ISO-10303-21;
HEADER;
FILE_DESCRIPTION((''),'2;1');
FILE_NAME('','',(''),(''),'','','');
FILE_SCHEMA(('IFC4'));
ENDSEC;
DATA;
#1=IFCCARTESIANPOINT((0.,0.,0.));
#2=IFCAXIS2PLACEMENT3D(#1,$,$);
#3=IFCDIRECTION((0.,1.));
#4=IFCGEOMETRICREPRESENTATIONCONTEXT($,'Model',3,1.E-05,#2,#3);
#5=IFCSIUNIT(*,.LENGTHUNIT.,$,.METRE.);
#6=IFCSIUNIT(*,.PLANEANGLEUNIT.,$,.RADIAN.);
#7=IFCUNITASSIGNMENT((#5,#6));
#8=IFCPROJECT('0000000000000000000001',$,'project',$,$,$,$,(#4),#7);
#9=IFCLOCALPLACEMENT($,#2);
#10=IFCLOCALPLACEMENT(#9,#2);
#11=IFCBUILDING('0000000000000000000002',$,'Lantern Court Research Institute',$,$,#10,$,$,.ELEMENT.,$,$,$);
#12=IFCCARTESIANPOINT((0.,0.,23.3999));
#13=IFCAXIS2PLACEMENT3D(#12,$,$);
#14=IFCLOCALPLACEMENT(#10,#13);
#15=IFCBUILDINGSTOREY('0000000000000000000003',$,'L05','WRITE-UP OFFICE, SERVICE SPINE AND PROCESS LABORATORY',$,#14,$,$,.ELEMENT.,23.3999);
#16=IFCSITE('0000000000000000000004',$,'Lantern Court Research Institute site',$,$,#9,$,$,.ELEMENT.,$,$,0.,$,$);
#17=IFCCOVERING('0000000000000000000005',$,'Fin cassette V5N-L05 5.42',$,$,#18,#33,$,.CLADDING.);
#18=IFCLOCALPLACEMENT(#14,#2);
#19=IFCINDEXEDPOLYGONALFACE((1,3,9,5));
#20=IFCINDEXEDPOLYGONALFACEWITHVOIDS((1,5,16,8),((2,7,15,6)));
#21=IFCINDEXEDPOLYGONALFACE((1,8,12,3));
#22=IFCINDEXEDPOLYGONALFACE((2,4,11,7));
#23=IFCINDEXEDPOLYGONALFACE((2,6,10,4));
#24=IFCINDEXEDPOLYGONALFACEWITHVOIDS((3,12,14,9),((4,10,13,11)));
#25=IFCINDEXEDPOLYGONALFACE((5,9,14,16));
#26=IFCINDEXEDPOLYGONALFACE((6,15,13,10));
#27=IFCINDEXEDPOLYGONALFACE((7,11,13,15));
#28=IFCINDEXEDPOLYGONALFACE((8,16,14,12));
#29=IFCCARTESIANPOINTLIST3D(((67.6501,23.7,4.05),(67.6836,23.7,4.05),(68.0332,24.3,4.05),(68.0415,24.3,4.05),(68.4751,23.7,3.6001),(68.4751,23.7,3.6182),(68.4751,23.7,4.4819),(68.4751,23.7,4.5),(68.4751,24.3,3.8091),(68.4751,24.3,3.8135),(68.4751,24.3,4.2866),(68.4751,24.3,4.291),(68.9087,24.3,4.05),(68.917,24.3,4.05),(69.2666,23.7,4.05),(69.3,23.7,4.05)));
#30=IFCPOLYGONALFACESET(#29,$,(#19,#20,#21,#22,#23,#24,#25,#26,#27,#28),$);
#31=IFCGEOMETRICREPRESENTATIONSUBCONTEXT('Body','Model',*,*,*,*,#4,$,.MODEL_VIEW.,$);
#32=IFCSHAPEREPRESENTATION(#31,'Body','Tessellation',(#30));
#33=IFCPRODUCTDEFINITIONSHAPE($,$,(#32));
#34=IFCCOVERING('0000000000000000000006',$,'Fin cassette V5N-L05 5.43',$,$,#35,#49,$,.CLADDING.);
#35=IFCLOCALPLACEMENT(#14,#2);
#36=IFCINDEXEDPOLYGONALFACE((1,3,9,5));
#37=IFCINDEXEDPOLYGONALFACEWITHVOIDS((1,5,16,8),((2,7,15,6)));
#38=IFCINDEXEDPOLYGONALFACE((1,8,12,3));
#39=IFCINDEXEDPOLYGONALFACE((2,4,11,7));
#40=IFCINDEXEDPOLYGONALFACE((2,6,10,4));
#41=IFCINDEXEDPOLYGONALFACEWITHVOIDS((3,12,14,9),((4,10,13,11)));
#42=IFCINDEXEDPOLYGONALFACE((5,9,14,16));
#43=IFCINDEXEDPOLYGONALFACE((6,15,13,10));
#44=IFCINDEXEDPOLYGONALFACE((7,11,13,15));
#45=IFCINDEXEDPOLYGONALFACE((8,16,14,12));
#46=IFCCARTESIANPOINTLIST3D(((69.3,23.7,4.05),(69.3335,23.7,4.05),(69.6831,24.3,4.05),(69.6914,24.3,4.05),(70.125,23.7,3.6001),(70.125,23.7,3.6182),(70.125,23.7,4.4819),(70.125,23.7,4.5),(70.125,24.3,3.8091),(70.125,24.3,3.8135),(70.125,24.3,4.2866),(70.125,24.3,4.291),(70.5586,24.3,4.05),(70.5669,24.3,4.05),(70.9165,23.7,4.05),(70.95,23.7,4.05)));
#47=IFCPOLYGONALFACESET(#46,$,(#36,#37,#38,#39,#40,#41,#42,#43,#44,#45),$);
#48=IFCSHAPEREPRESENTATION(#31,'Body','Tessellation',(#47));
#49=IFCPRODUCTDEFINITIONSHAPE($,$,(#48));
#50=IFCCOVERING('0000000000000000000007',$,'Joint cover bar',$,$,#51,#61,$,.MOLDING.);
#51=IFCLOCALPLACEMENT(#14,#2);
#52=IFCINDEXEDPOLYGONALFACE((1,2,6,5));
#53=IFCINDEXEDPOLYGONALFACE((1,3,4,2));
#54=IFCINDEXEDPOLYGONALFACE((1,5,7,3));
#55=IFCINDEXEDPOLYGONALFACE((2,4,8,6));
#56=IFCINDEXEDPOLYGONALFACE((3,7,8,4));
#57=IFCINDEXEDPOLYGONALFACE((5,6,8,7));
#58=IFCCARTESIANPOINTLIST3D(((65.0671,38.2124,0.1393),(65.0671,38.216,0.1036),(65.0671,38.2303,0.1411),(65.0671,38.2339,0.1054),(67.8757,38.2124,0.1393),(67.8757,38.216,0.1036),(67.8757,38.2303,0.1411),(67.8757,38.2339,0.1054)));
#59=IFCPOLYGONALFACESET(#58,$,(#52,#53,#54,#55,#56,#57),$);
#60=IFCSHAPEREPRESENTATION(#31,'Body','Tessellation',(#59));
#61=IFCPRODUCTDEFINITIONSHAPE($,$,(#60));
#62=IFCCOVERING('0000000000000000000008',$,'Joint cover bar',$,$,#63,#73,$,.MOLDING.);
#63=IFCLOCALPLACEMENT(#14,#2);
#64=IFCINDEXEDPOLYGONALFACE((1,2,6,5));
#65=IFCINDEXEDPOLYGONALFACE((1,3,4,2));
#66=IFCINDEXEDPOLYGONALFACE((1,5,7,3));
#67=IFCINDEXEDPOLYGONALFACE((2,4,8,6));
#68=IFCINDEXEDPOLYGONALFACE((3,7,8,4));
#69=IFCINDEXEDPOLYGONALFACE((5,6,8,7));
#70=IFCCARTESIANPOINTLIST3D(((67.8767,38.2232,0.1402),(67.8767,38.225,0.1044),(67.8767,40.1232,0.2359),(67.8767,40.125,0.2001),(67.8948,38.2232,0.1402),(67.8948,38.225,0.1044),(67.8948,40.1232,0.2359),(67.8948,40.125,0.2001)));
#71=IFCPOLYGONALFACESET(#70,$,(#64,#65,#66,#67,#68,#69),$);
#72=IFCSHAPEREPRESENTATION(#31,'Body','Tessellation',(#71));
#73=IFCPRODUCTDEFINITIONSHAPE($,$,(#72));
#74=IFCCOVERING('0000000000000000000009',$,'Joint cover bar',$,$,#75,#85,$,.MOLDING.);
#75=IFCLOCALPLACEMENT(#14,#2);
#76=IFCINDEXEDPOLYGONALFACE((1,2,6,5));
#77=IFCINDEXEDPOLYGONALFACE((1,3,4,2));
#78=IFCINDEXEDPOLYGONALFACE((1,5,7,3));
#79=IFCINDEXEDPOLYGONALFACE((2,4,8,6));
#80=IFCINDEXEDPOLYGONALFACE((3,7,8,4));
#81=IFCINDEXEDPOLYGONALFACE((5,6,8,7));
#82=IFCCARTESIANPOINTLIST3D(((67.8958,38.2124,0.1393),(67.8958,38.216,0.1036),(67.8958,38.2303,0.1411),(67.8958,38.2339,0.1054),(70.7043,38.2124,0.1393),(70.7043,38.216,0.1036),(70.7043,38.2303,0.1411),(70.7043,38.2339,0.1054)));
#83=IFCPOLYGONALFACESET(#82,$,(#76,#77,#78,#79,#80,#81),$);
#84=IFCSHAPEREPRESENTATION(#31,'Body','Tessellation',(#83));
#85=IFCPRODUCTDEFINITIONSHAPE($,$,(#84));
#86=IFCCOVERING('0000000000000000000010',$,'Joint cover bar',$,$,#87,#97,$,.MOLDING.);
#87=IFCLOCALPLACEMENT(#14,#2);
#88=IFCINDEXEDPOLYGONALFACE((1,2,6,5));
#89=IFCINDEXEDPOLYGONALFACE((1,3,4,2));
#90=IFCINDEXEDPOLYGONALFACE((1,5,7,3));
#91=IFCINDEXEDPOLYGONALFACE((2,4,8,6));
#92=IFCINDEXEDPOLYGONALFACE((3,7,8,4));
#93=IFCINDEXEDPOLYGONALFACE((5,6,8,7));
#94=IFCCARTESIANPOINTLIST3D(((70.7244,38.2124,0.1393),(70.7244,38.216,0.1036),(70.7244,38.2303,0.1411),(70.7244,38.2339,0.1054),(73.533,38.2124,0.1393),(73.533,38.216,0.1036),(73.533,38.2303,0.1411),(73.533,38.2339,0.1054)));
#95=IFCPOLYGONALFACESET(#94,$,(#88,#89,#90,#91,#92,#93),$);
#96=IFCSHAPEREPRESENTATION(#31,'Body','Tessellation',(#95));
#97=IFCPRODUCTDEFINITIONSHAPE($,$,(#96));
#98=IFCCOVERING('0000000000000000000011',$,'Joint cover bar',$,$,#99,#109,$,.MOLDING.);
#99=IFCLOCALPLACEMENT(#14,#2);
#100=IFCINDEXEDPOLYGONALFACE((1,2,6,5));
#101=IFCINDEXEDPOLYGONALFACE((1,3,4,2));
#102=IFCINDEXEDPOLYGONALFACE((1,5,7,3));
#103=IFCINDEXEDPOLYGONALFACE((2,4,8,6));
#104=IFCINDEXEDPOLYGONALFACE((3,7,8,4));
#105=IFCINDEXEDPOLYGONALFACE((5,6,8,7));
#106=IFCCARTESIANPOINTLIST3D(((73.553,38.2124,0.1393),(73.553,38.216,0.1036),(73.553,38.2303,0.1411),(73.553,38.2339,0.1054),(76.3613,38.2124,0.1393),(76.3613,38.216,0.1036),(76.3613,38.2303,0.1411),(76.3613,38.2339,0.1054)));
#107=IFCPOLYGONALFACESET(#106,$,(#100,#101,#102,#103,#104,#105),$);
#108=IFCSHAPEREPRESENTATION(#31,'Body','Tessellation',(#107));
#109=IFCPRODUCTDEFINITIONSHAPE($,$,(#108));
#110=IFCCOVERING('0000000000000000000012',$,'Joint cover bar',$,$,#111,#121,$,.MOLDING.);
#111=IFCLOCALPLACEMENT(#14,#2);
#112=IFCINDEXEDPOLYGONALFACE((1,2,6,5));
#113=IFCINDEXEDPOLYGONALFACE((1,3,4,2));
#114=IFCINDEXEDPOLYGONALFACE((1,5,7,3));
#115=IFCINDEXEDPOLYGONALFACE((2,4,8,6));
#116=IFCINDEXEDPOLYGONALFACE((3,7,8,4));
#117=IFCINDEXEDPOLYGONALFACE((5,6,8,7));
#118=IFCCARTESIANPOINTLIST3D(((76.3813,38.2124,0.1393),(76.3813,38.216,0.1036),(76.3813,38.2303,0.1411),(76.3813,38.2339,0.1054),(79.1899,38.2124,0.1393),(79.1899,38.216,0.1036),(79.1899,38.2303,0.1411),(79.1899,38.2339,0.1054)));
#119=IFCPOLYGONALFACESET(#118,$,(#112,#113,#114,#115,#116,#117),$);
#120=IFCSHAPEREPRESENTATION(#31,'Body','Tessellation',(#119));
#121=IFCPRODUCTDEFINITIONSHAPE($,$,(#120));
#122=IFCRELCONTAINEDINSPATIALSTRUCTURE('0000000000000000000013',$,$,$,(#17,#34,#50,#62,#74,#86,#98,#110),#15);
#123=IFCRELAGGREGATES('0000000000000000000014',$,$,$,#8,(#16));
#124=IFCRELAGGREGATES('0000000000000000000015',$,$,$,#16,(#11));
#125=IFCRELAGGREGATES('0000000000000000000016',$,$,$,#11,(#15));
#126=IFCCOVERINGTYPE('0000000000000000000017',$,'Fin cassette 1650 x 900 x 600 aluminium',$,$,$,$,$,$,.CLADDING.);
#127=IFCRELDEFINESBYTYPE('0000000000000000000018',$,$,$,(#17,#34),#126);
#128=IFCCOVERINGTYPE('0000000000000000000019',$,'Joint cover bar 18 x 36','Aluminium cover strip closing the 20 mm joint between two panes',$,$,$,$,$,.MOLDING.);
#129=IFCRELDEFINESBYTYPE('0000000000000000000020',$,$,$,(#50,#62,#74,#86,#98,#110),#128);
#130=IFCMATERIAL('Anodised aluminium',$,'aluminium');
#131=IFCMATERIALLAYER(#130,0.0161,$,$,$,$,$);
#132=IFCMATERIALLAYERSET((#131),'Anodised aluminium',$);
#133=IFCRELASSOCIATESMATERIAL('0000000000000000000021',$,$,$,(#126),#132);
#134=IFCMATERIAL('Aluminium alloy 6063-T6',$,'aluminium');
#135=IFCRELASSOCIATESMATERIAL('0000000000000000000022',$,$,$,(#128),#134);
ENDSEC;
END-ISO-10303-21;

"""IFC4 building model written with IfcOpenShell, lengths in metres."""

from ifc_helpers import new_model, entity, si_unit, direction, frame, origin, origin_2d, place, context, subcontext, project, spatial, rectangle, extrude, material, layer, layer_set, material_profile, profile_set, type_object, element, save


model = new_model("IFC4")

# Units and contexts
model_context = context("Model", 3, precision=1e-05, world=origin(), true_north=direction((0.0, 1.0)))
body_context = subcontext(model_context, "Body", "Model", "MODEL_VIEW")
ifc_project = project(units=[si_unit("LENGTHUNIT", "METRE"), si_unit("PLANEANGLEUNIT", "RADIAN")], contexts=[model_context])

# Site, building, storey
site_placement = place(None, origin())
site = spatial("IfcSite", under=ifc_project, at=site_placement, Name="Lantern Court Research Institute site", CompositionType="ELEMENT", RefElevation=0.0)
building_placement = place(site_placement, origin())
building = spatial("IfcBuilding", under=site, at=building_placement, Name="Lantern Court Research Institute", CompositionType="ELEMENT")
storey_placement = place(building_placement, frame((0.0, 0.0, 23.3999)))
storey = spatial("IfcBuildingStorey", under=building, at=storey_placement, Name="L05", Description="WRITE-UP OFFICE, SERVICE SPINE AND PROCESS LABORATORY", CompositionType="ELEMENT", Elevation=23.3999)

# Coverings
ifc_material_1 = material(Name="Anodised aluminium", Category="aluminium")
ifc_layer = layer(ifc_material_1, 0.0161)
ifc_layer_set = layer_set([ifc_layer], Name="Anodised aluminium")
covering_type_1 = type_object("IfcCoveringType", Name="Fin cassette 1650 x 900 x 600 aluminium", PredefinedType="CLADDING", material=ifc_layer_set)
covering_1_placement = place(storey_placement, frame((68.4751, 23.7, 4.05), z_axis=(0.0, 1.0, 0.0), x_axis=(-1.0, 0.0, 0.0)))
cartesian_point_1 = entity("IfcCartesianPoint", [0.825, 0.0])
cartesian_point_2 = entity("IfcCartesianPoint", [0.7915, 0.0])
cartesian_point_3 = entity("IfcCartesianPoint", [0.4419, 0.0])
cartesian_point_4 = entity("IfcCartesianPoint", [0.4336, 0.0])
element("IfcCovering", 1, at=covering_1_placement, inside=storey, type_object=covering_type_1, Name="Fin cassette V5N-L05 5.42", PredefinedType="CLADDING", context=body_context, shape_type="SweptSolid", body=[
    entity("IfcExtrudedAreaSolidTapered", entity("IfcArbitraryProfileDefWithVoids", "AREA", None, entity("IfcPolyline", [cartesian_point_1, entity("IfcCartesianPoint", [0.0, 0.45]), entity("IfcCartesianPoint", [-0.825, 0.0]), entity("IfcCartesianPoint", [0.0, -0.45]), cartesian_point_1]), [entity("IfcPolyline", [cartesian_point_2, entity("IfcCartesianPoint", [0.0, 0.4319]), entity("IfcCartesianPoint", [-0.7915, 0.0]), entity("IfcCartesianPoint", [0.0, -0.4319]), cartesian_point_2])]), entity("IfcAxis2Placement3D", entity("IfcCartesianPoint", [0.0, 0.0, 0.0])), entity("IfcDirection", [0.0, 0.0, 1.0]), 0.6001, entity("IfcArbitraryProfileDefWithVoids", "AREA", None, entity("IfcPolyline", [cartesian_point_3, entity("IfcCartesianPoint", [0.0, 0.241]), entity("IfcCartesianPoint", [-0.4419, 0.0]), entity("IfcCartesianPoint", [0.0, -0.241]), cartesian_point_3]), [entity("IfcPolyline", [cartesian_point_4, entity("IfcCartesianPoint", [0.0, 0.2366]), entity("IfcCartesianPoint", [-0.4336, 0.0]), entity("IfcCartesianPoint", [0.0, -0.2366]), cartesian_point_4])])),
])
covering_2_placement = place(storey_placement, frame((70.125, 23.7, 4.05), z_axis=(0.0, 1.0, 0.0), x_axis=(-1.0, 0.0, 0.0)))
cartesian_point_5 = entity("IfcCartesianPoint", [0.825, 0.0])
cartesian_point_6 = entity("IfcCartesianPoint", [0.7915, 0.0])
cartesian_point_7 = entity("IfcCartesianPoint", [0.4419, 0.0])
cartesian_point_8 = entity("IfcCartesianPoint", [0.4336, 0.0])
element("IfcCovering", 2, at=covering_2_placement, inside=storey, type_object=covering_type_1, Name="Fin cassette V5N-L05 5.43", PredefinedType="CLADDING", context=body_context, shape_type="SweptSolid", body=[
    entity("IfcExtrudedAreaSolidTapered", entity("IfcArbitraryProfileDefWithVoids", "AREA", None, entity("IfcPolyline", [cartesian_point_5, entity("IfcCartesianPoint", [0.0, 0.45]), entity("IfcCartesianPoint", [-0.825, 0.0]), entity("IfcCartesianPoint", [0.0, -0.45]), cartesian_point_5]), [entity("IfcPolyline", [cartesian_point_6, entity("IfcCartesianPoint", [0.0, 0.4319]), entity("IfcCartesianPoint", [-0.7915, 0.0]), entity("IfcCartesianPoint", [0.0, -0.4319]), cartesian_point_6])]), entity("IfcAxis2Placement3D", entity("IfcCartesianPoint", [0.0, 0.0, 0.0])), entity("IfcDirection", [0.0, 0.0, 1.0]), 0.6001, entity("IfcArbitraryProfileDefWithVoids", "AREA", None, entity("IfcPolyline", [cartesian_point_7, entity("IfcCartesianPoint", [0.0, 0.241]), entity("IfcCartesianPoint", [-0.4419, 0.0]), entity("IfcCartesianPoint", [0.0, -0.241]), cartesian_point_7]), [entity("IfcPolyline", [cartesian_point_8, entity("IfcCartesianPoint", [0.0, 0.2366]), entity("IfcCartesianPoint", [-0.4336, 0.0]), entity("IfcCartesianPoint", [0.0, -0.2366]), cartesian_point_8])])),
])
ifc_material_2 = material(Name="Aluminium alloy 6063-T6", Category="aluminium")
ifc_material_profile = material_profile(ifc_material_2, rectangle(XDim=0.0181, YDim=0.0359, at=origin_2d()), Name="Joint cover bar 18 x 36")
ifc_profile_set = profile_set([ifc_material_profile], Name="Aluminium alloy 6063-T6")
covering_type_2 = type_object("IfcCoveringType", Name="Joint cover bar 18 x 36", Description="Aluminium cover strip closing the 20 mm joint between two panes", PredefinedType="MOLDING", material=ifc_profile_set)
covering_3_placement = place(storey_placement, frame((65.0671, 38.2231, 0.1223), z_axis=(1.0, 0.0, 0.0), x_axis=(0.0, 0.994934, 0.100531)))
element("IfcCovering", 3, at=covering_3_placement, inside=storey, type_object=covering_type_2, Name="Joint cover bar", PredefinedType="MOLDING", context=body_context, shape_type="SweptSolid", body=[
    extrude(rectangle(XDim=0.0181, YDim=0.0359, at=origin_2d()), origin(), (0.0, 0.0, 1.0), 2.8086),
])
covering_4_placement = place(storey_placement, frame((67.8857, 38.2241, 0.1223), z_axis=(0.0, 0.998734, 0.050309), x_axis=(-1.0, 0.0, 0.0)))
element("IfcCovering", 4, at=covering_4_placement, inside=storey, type_object=covering_type_2, Name="Joint cover bar", PredefinedType="MOLDING", context=body_context, shape_type="SweptSolid", body=[
    extrude(rectangle(XDim=0.0181, YDim=0.0359, at=origin_2d()), origin(), (0.0, 0.0, 1.0), 1.9023),
])
for number, where, z_axis, x_axis, name in (
    (5, (67.8958, 38.2231, 0.1223), (1.0, 0.0, 0.0), (0.0, 0.994934, 0.100531), "Joint cover bar"),
    (6, (70.7244, 38.2231, 0.1223), (1.0, 0.0, 0.0), (0.0, 0.994934, 0.100531), "Joint cover bar"),
):
    element("IfcCovering", number, at=place(storey_placement, frame(where, z_axis=z_axis, x_axis=x_axis)), inside=storey, type_object=covering_type_2, Name=name, PredefinedType="MOLDING", context=body_context, shape_type="SweptSolid", body=[
        extrude(rectangle(XDim=0.0181, YDim=0.0359, at=origin_2d()), origin(), (0.0, 0.0, 1.0), 2.8086),
    ])
covering_5_placement = place(storey_placement, frame((73.553, 38.2231, 0.1223), z_axis=(1.0, 0.0, 0.0), x_axis=(0.0, 0.994934, 0.100531)))
element("IfcCovering", 7, at=covering_5_placement, inside=storey, type_object=covering_type_2, Name="Joint cover bar", PredefinedType="MOLDING", context=body_context, shape_type="SweptSolid", body=[
    extrude(rectangle(XDim=0.0181, YDim=0.0359, at=origin_2d()), origin(), (0.0, 0.0, 1.0), 2.8083),
])
covering_6_placement = place(storey_placement, frame((76.3813, 38.2231, 0.1223), z_axis=(1.0, 0.0, 0.0), x_axis=(0.0, 0.994934, 0.100531)))
element("IfcCovering", 8, at=covering_6_placement, inside=storey, type_object=covering_type_2, Name="Joint cover bar", PredefinedType="MOLDING", context=body_context, shape_type="SweptSolid", body=[
    extrude(rectangle(XDim=0.0181, YDim=0.0359, at=origin_2d()), origin(), (0.0, 0.0, 1.0), 2.8086),
])

save(model, "model.ifc")
